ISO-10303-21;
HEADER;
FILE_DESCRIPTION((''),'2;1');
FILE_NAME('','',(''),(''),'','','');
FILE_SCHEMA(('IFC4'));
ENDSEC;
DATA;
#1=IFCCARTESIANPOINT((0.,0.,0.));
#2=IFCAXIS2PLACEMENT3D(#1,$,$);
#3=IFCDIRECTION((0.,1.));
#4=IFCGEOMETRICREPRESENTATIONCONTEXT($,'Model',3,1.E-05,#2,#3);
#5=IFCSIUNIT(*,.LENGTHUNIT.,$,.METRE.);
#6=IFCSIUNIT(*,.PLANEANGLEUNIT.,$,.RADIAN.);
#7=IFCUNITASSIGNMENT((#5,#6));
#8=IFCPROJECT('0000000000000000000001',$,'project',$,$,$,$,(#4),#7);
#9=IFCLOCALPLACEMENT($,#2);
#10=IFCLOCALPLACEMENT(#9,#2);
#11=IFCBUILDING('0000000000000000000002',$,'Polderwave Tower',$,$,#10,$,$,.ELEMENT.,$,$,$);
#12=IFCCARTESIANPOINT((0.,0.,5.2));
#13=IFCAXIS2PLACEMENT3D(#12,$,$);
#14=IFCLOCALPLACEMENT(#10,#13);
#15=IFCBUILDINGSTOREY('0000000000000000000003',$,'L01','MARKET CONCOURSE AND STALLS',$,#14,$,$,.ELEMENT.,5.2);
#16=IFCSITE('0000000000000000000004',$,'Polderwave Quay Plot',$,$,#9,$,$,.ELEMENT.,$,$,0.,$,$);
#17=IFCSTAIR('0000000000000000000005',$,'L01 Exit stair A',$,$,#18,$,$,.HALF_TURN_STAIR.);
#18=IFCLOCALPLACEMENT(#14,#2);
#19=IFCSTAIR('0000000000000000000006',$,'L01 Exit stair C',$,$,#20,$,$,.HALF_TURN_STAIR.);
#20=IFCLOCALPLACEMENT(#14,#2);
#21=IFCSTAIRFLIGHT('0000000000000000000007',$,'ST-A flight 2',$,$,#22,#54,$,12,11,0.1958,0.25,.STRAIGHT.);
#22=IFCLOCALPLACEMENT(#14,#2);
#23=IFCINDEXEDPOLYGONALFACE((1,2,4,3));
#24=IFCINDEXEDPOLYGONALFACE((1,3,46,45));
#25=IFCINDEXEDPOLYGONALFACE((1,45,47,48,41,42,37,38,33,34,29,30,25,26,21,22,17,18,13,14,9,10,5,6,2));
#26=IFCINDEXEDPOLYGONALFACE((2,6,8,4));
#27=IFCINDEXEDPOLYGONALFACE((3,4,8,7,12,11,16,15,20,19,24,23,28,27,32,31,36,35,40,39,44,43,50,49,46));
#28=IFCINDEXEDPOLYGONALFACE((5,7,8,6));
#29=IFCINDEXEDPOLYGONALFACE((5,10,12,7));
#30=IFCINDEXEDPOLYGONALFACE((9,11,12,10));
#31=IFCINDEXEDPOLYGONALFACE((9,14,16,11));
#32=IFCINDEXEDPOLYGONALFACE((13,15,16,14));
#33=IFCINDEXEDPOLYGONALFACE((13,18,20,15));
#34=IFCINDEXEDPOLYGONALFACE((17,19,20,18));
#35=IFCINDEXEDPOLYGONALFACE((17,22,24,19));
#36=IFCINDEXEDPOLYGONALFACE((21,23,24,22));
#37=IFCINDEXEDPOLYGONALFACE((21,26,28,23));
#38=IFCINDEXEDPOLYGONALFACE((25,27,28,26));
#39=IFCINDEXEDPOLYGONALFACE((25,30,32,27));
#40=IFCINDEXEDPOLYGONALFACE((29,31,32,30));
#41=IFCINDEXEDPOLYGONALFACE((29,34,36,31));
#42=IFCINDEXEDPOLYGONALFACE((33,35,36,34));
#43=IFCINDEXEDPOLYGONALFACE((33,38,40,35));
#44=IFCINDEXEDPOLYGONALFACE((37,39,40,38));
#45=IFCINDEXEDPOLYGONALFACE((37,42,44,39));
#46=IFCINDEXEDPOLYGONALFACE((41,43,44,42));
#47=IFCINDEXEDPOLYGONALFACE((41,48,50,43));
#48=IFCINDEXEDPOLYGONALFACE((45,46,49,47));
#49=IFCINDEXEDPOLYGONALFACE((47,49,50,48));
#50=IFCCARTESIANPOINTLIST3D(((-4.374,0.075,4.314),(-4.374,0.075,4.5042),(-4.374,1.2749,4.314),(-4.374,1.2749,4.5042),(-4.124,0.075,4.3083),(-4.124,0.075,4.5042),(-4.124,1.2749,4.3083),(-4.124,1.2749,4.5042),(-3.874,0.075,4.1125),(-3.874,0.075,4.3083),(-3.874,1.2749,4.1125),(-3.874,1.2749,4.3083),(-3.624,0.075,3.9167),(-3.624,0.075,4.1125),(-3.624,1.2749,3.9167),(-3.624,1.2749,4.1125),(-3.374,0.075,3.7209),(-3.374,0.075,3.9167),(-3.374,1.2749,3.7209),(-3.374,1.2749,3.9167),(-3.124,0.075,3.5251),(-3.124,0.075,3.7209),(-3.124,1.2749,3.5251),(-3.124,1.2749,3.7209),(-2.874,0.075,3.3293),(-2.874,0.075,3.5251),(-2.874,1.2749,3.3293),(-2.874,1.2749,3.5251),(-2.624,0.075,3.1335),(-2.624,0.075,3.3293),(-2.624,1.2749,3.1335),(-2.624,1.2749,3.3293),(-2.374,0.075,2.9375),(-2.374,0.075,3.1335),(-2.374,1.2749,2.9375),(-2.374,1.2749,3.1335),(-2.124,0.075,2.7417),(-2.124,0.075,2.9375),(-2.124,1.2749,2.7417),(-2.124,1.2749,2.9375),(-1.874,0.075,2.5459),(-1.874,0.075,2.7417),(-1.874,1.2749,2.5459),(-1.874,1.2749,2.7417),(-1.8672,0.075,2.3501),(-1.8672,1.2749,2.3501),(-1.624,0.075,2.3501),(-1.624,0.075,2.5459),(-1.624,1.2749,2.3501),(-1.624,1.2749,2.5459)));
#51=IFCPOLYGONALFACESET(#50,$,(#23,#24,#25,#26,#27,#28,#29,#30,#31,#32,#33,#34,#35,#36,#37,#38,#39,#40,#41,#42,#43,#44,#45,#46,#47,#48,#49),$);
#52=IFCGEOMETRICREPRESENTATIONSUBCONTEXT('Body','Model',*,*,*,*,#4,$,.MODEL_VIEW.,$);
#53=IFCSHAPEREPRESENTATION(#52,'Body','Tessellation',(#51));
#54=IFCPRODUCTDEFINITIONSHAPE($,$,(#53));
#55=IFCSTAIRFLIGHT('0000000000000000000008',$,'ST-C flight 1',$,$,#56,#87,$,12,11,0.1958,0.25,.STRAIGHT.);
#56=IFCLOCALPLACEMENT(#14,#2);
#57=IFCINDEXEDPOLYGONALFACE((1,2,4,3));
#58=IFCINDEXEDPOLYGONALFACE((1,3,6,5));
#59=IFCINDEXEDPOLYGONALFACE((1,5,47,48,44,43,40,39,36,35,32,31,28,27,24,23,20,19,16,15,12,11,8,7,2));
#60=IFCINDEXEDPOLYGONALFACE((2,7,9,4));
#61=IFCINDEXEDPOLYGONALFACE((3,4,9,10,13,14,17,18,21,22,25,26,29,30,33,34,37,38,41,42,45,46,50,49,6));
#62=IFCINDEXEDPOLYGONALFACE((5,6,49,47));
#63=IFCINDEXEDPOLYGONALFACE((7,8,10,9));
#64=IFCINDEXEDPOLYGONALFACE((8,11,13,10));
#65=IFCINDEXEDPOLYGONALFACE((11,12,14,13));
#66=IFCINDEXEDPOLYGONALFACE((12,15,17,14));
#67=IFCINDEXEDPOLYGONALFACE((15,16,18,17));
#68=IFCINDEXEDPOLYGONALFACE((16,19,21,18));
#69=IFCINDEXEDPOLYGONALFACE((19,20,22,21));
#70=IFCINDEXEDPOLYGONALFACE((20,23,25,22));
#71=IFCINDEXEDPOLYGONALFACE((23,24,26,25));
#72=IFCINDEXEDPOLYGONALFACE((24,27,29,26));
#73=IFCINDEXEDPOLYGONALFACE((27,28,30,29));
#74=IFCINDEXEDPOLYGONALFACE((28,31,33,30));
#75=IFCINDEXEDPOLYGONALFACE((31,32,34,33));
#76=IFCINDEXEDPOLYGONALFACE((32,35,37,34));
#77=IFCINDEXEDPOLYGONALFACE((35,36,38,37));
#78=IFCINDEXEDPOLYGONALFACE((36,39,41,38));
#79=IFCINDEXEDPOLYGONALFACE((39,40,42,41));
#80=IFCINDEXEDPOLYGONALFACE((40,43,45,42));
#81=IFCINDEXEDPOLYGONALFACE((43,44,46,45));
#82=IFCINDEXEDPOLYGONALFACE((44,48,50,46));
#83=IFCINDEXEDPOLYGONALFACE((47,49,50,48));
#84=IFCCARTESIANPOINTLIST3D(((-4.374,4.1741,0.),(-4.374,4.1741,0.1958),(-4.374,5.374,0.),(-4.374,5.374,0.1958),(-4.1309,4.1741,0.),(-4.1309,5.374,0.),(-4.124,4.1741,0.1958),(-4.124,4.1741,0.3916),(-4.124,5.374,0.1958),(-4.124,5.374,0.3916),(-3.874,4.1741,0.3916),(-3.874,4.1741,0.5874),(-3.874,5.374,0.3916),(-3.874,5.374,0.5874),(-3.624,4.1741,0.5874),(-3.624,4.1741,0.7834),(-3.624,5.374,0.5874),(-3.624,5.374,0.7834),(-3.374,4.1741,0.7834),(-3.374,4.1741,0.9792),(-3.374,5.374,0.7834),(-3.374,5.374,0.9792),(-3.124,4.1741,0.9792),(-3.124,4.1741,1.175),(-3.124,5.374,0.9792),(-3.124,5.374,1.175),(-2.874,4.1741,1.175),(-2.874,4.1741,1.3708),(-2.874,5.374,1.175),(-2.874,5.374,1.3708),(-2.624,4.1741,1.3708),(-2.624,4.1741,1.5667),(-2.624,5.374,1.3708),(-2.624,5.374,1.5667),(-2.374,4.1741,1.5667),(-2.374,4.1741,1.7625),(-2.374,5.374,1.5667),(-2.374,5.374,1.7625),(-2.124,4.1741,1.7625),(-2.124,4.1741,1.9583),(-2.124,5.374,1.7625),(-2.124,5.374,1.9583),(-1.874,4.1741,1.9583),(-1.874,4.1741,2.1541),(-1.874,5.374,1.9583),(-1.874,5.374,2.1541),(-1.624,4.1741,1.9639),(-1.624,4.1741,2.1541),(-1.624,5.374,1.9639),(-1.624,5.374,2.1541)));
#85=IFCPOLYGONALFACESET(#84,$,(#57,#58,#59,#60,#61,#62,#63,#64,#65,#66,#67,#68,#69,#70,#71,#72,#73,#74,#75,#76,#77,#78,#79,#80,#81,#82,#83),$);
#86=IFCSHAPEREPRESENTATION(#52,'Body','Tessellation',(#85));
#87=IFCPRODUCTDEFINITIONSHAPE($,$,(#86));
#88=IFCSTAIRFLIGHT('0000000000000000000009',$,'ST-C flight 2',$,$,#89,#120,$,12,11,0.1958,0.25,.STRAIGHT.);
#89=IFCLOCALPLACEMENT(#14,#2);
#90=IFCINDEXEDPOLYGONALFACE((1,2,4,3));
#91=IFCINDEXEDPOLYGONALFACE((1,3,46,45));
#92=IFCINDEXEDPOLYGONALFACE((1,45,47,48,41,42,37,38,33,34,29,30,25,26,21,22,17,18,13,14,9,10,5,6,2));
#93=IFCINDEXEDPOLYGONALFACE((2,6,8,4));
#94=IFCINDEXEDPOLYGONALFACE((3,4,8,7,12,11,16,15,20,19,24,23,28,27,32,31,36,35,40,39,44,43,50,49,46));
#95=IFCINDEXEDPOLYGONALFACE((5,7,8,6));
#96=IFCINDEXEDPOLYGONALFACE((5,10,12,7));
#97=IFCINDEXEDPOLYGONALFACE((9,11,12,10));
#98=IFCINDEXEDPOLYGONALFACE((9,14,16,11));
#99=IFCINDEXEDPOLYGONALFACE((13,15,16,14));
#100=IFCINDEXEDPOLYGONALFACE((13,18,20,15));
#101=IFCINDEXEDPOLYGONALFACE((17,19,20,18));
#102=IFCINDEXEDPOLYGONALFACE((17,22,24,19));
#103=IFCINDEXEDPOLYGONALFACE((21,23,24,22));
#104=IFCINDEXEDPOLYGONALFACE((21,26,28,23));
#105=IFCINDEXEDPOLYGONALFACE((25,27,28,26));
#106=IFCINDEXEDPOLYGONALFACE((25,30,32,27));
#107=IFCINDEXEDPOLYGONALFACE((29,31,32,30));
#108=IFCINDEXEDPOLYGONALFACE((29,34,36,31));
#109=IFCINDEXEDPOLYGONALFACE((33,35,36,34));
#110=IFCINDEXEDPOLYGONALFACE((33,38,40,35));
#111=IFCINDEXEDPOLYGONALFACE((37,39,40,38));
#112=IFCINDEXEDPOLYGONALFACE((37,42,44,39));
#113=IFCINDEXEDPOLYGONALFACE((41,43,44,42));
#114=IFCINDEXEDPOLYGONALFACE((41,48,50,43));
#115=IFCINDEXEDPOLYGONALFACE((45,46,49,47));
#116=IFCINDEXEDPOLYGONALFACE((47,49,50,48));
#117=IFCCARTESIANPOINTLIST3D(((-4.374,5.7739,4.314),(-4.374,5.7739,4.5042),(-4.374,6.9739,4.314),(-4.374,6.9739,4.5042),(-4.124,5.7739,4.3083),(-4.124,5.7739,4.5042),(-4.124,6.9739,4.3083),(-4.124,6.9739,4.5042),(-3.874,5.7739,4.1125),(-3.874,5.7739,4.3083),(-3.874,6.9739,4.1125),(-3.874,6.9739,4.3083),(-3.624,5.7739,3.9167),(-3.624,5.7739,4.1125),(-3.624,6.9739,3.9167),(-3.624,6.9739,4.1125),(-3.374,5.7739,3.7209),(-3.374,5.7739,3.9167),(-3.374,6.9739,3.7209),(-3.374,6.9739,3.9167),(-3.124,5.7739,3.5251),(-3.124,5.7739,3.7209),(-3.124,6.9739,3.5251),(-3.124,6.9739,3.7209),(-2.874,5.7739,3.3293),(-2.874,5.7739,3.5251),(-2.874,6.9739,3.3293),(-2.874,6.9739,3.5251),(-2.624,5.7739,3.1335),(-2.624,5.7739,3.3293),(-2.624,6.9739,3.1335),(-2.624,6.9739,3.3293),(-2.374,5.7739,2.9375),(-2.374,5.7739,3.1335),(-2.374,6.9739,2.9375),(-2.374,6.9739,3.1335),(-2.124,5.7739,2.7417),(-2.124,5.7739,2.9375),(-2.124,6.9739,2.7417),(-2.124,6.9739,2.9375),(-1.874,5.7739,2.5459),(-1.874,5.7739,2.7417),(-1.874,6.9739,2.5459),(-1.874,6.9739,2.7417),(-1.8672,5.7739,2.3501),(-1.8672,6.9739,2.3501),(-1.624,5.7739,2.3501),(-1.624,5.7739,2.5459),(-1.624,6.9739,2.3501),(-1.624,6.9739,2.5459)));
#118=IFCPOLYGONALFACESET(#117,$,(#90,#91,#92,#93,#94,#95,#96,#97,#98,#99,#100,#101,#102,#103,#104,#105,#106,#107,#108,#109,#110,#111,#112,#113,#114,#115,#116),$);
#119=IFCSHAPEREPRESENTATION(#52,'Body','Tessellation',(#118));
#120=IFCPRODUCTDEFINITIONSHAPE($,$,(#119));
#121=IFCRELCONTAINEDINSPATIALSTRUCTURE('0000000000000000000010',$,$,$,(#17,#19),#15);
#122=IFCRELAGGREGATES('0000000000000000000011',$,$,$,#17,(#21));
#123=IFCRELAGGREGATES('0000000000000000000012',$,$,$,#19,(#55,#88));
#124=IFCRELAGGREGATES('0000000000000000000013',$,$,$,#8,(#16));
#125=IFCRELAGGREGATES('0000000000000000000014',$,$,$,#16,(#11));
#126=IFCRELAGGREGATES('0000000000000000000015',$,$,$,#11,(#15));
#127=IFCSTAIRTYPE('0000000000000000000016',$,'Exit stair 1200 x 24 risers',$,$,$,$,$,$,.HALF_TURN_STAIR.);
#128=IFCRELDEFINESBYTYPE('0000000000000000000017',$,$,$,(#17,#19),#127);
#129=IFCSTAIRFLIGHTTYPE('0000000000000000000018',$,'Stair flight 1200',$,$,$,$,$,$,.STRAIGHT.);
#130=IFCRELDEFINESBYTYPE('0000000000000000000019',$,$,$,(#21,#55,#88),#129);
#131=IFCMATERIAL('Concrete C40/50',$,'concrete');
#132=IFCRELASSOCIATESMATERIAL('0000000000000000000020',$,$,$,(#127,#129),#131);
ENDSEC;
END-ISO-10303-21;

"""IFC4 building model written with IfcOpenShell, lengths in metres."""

from ifc_helpers import new_model, si_unit, direction, frame, origin, place, context, subcontext, project, spatial, polyline, outline, extrude, material, type_object, element, aggregate, save


model = new_model("IFC4")

# Units and contexts
model_context = context("Model", 3, precision=1e-05, world=origin(), true_north=direction((0.0, 1.0)))
body_context = subcontext(model_context, "Body", "Model", "MODEL_VIEW")
ifc_project = project(units=[si_unit("LENGTHUNIT", "METRE"), si_unit("PLANEANGLEUNIT", "RADIAN")], contexts=[model_context])

# Site, building, storey
site_placement = place(None, origin())
site = spatial("IfcSite", under=ifc_project, at=site_placement, Name="Polderwave Quay Plot", CompositionType="ELEMENT", RefElevation=0.0)
building_placement = place(site_placement, origin())
building = spatial("IfcBuilding", under=site, at=building_placement, Name="Polderwave Tower", CompositionType="ELEMENT")
storey_placement = place(building_placement, frame((0.0, 0.0, 5.2)))
storey = spatial("IfcBuildingStorey", under=building, at=storey_placement, Name="L01", Description="MARKET CONCOURSE AND STALLS", CompositionType="ELEMENT", Elevation=5.2)

# Shared definitions
ifc_material_1 = material(Name="Concrete C40/50", Category="concrete")

# Stairs
stair_type = type_object("IfcStairType", Name="Exit stair 1200 x 24 risers", PredefinedType="HALF_TURN_STAIR", material=ifc_material_1)
stair_1_placement = place(storey_placement, origin())
stair_1 = element("IfcStair", 1, at=stair_1_placement, inside=storey, type_object=stair_type, Name="L01 Exit stair A", PredefinedType="HALF_TURN_STAIR")
stair_2_placement = place(storey_placement, origin())
stair_2 = element("IfcStair", 2, at=stair_2_placement, inside=storey, type_object=stair_type, Name="L01 Exit stair C", PredefinedType="HALF_TURN_STAIR")

# Stair flights
stair_flight_type = type_object("IfcStairFlightType", Name="Stair flight 1200", PredefinedType="STRAIGHT", material=ifc_material_1)
stair_flight_1_placement = place(storey_placement, frame((-1.624, 0.675, 2.3501), z_axis=(0.0, 0.0, 1.0), x_axis=(-1.0, 0.0, 0.0)))
stair_flight_1 = element("IfcStairFlight", 3, at=stair_flight_1_placement, type_object=stair_flight_type, Name="ST-A flight 2", NumberOfRisers=12, NumberOfTreads=11, PredefinedType="STRAIGHT", RiserHeight=0.1958, TreadLength=0.25, context=body_context, shape_type="SweptSolid", body=[
    extrude(outline(polyline([(0.0, 0.0), (0.0, 0.1958), (0.25, 0.1958), (0.25, 0.3916), (0.5, 0.3916), (0.5, 0.5874), (0.75, 0.5874), (0.75, 0.7834), (1.0, 0.7834), (1.0, 0.9792), (1.25, 0.9792), (1.25, 1.175), (1.5, 1.175), (1.5, 1.3708), (1.75, 1.3708), (1.75, 1.5667), (2.0, 1.5667), (2.0, 1.7625), (2.25, 1.7625), (2.25, 1.9583), (2.5, 1.9583), (2.5, 2.1541), (2.75, 2.1541), (2.75, 2.3501), (2.75, 1.9639), (0.2432, 0.0), (0.0, 0.0)])), frame((0.0, 0.6001, 0.0), z_axis=(0.0, -1.0, 0.0), x_axis=(1.0, 0.0, 0.0)), (0.0, 0.0, 1.0), 1.2),
])
aggregate(stair_1, [stair_flight_1])
stair_flight_2_placement = place(storey_placement, frame((-4.374, 4.7739, 0.0), z_axis=(0.0, 0.0, 1.0), x_axis=(1.0, 0.0, 0.0)))
stair_flight_2 = element("IfcStairFlight", 4, at=stair_flight_2_placement, type_object=stair_flight_type, Name="ST-C flight 1", NumberOfRisers=12, NumberOfTreads=11, PredefinedType="STRAIGHT", RiserHeight=0.1958, TreadLength=0.25, context=body_context, shape_type="SweptSolid", body=[
    extrude(outline(polyline([(0.0, 0.0), (0.0, 0.1958), (0.25, 0.1958), (0.25, 0.3916), (0.5, 0.3916), (0.5, 0.5874), (0.75, 0.5874), (0.75, 0.7834), (1.0, 0.7834), (1.0, 0.9792), (1.25, 0.9792), (1.25, 1.175), (1.5, 1.175), (1.5, 1.3708), (1.75, 1.3708), (1.75, 1.5667), (2.0, 1.5667), (2.0, 1.7625), (2.25, 1.7625), (2.25, 1.9583), (2.5, 1.9583), (2.5, 2.1541), (2.75, 2.1541), (2.75, 2.3501), (2.75, 1.9639), (0.2432, 0.0), (0.0, 0.0)])), frame((0.0, 0.6001, 0.0), z_axis=(0.0, -1.0, 0.0), x_axis=(1.0, 0.0, 0.0)), (0.0, 0.0, 1.0), 1.2),
])
stair_flight_3_placement = place(storey_placement, frame((-1.624, 6.374, 2.3501), z_axis=(0.0, 0.0, 1.0), x_axis=(-1.0, 0.0, 0.0)))
stair_flight_3 = element("IfcStairFlight", 5, at=stair_flight_3_placement, type_object=stair_flight_type, Name="ST-C flight 2", NumberOfRisers=12, NumberOfTreads=11, PredefinedType="STRAIGHT", RiserHeight=0.1958, TreadLength=0.25, context=body_context, shape_type="SweptSolid", body=[
    extrude(outline(polyline([(0.0, 0.0), (0.0, 0.1958), (0.25, 0.1958), (0.25, 0.3916), (0.5, 0.3916), (0.5, 0.5874), (0.75, 0.5874), (0.75, 0.7834), (1.0, 0.7834), (1.0, 0.9792), (1.25, 0.9792), (1.25, 1.175), (1.5, 1.175), (1.5, 1.3708), (1.75, 1.3708), (1.75, 1.5667), (2.0, 1.5667), (2.0, 1.7625), (2.25, 1.7625), (2.25, 1.9583), (2.5, 1.9583), (2.5, 2.1541), (2.75, 2.1541), (2.75, 2.3501), (2.75, 1.9639), (0.2432, 0.0), (0.0, 0.0)])), frame((0.0, 0.6001, 0.0), z_axis=(0.0, -1.0, 0.0), x_axis=(1.0, 0.0, 0.0)), (0.0, 0.0, 1.0), 1.2),
])
aggregate(stair_2, [stair_flight_2, stair_flight_3])

save(model, "model.ifc")
